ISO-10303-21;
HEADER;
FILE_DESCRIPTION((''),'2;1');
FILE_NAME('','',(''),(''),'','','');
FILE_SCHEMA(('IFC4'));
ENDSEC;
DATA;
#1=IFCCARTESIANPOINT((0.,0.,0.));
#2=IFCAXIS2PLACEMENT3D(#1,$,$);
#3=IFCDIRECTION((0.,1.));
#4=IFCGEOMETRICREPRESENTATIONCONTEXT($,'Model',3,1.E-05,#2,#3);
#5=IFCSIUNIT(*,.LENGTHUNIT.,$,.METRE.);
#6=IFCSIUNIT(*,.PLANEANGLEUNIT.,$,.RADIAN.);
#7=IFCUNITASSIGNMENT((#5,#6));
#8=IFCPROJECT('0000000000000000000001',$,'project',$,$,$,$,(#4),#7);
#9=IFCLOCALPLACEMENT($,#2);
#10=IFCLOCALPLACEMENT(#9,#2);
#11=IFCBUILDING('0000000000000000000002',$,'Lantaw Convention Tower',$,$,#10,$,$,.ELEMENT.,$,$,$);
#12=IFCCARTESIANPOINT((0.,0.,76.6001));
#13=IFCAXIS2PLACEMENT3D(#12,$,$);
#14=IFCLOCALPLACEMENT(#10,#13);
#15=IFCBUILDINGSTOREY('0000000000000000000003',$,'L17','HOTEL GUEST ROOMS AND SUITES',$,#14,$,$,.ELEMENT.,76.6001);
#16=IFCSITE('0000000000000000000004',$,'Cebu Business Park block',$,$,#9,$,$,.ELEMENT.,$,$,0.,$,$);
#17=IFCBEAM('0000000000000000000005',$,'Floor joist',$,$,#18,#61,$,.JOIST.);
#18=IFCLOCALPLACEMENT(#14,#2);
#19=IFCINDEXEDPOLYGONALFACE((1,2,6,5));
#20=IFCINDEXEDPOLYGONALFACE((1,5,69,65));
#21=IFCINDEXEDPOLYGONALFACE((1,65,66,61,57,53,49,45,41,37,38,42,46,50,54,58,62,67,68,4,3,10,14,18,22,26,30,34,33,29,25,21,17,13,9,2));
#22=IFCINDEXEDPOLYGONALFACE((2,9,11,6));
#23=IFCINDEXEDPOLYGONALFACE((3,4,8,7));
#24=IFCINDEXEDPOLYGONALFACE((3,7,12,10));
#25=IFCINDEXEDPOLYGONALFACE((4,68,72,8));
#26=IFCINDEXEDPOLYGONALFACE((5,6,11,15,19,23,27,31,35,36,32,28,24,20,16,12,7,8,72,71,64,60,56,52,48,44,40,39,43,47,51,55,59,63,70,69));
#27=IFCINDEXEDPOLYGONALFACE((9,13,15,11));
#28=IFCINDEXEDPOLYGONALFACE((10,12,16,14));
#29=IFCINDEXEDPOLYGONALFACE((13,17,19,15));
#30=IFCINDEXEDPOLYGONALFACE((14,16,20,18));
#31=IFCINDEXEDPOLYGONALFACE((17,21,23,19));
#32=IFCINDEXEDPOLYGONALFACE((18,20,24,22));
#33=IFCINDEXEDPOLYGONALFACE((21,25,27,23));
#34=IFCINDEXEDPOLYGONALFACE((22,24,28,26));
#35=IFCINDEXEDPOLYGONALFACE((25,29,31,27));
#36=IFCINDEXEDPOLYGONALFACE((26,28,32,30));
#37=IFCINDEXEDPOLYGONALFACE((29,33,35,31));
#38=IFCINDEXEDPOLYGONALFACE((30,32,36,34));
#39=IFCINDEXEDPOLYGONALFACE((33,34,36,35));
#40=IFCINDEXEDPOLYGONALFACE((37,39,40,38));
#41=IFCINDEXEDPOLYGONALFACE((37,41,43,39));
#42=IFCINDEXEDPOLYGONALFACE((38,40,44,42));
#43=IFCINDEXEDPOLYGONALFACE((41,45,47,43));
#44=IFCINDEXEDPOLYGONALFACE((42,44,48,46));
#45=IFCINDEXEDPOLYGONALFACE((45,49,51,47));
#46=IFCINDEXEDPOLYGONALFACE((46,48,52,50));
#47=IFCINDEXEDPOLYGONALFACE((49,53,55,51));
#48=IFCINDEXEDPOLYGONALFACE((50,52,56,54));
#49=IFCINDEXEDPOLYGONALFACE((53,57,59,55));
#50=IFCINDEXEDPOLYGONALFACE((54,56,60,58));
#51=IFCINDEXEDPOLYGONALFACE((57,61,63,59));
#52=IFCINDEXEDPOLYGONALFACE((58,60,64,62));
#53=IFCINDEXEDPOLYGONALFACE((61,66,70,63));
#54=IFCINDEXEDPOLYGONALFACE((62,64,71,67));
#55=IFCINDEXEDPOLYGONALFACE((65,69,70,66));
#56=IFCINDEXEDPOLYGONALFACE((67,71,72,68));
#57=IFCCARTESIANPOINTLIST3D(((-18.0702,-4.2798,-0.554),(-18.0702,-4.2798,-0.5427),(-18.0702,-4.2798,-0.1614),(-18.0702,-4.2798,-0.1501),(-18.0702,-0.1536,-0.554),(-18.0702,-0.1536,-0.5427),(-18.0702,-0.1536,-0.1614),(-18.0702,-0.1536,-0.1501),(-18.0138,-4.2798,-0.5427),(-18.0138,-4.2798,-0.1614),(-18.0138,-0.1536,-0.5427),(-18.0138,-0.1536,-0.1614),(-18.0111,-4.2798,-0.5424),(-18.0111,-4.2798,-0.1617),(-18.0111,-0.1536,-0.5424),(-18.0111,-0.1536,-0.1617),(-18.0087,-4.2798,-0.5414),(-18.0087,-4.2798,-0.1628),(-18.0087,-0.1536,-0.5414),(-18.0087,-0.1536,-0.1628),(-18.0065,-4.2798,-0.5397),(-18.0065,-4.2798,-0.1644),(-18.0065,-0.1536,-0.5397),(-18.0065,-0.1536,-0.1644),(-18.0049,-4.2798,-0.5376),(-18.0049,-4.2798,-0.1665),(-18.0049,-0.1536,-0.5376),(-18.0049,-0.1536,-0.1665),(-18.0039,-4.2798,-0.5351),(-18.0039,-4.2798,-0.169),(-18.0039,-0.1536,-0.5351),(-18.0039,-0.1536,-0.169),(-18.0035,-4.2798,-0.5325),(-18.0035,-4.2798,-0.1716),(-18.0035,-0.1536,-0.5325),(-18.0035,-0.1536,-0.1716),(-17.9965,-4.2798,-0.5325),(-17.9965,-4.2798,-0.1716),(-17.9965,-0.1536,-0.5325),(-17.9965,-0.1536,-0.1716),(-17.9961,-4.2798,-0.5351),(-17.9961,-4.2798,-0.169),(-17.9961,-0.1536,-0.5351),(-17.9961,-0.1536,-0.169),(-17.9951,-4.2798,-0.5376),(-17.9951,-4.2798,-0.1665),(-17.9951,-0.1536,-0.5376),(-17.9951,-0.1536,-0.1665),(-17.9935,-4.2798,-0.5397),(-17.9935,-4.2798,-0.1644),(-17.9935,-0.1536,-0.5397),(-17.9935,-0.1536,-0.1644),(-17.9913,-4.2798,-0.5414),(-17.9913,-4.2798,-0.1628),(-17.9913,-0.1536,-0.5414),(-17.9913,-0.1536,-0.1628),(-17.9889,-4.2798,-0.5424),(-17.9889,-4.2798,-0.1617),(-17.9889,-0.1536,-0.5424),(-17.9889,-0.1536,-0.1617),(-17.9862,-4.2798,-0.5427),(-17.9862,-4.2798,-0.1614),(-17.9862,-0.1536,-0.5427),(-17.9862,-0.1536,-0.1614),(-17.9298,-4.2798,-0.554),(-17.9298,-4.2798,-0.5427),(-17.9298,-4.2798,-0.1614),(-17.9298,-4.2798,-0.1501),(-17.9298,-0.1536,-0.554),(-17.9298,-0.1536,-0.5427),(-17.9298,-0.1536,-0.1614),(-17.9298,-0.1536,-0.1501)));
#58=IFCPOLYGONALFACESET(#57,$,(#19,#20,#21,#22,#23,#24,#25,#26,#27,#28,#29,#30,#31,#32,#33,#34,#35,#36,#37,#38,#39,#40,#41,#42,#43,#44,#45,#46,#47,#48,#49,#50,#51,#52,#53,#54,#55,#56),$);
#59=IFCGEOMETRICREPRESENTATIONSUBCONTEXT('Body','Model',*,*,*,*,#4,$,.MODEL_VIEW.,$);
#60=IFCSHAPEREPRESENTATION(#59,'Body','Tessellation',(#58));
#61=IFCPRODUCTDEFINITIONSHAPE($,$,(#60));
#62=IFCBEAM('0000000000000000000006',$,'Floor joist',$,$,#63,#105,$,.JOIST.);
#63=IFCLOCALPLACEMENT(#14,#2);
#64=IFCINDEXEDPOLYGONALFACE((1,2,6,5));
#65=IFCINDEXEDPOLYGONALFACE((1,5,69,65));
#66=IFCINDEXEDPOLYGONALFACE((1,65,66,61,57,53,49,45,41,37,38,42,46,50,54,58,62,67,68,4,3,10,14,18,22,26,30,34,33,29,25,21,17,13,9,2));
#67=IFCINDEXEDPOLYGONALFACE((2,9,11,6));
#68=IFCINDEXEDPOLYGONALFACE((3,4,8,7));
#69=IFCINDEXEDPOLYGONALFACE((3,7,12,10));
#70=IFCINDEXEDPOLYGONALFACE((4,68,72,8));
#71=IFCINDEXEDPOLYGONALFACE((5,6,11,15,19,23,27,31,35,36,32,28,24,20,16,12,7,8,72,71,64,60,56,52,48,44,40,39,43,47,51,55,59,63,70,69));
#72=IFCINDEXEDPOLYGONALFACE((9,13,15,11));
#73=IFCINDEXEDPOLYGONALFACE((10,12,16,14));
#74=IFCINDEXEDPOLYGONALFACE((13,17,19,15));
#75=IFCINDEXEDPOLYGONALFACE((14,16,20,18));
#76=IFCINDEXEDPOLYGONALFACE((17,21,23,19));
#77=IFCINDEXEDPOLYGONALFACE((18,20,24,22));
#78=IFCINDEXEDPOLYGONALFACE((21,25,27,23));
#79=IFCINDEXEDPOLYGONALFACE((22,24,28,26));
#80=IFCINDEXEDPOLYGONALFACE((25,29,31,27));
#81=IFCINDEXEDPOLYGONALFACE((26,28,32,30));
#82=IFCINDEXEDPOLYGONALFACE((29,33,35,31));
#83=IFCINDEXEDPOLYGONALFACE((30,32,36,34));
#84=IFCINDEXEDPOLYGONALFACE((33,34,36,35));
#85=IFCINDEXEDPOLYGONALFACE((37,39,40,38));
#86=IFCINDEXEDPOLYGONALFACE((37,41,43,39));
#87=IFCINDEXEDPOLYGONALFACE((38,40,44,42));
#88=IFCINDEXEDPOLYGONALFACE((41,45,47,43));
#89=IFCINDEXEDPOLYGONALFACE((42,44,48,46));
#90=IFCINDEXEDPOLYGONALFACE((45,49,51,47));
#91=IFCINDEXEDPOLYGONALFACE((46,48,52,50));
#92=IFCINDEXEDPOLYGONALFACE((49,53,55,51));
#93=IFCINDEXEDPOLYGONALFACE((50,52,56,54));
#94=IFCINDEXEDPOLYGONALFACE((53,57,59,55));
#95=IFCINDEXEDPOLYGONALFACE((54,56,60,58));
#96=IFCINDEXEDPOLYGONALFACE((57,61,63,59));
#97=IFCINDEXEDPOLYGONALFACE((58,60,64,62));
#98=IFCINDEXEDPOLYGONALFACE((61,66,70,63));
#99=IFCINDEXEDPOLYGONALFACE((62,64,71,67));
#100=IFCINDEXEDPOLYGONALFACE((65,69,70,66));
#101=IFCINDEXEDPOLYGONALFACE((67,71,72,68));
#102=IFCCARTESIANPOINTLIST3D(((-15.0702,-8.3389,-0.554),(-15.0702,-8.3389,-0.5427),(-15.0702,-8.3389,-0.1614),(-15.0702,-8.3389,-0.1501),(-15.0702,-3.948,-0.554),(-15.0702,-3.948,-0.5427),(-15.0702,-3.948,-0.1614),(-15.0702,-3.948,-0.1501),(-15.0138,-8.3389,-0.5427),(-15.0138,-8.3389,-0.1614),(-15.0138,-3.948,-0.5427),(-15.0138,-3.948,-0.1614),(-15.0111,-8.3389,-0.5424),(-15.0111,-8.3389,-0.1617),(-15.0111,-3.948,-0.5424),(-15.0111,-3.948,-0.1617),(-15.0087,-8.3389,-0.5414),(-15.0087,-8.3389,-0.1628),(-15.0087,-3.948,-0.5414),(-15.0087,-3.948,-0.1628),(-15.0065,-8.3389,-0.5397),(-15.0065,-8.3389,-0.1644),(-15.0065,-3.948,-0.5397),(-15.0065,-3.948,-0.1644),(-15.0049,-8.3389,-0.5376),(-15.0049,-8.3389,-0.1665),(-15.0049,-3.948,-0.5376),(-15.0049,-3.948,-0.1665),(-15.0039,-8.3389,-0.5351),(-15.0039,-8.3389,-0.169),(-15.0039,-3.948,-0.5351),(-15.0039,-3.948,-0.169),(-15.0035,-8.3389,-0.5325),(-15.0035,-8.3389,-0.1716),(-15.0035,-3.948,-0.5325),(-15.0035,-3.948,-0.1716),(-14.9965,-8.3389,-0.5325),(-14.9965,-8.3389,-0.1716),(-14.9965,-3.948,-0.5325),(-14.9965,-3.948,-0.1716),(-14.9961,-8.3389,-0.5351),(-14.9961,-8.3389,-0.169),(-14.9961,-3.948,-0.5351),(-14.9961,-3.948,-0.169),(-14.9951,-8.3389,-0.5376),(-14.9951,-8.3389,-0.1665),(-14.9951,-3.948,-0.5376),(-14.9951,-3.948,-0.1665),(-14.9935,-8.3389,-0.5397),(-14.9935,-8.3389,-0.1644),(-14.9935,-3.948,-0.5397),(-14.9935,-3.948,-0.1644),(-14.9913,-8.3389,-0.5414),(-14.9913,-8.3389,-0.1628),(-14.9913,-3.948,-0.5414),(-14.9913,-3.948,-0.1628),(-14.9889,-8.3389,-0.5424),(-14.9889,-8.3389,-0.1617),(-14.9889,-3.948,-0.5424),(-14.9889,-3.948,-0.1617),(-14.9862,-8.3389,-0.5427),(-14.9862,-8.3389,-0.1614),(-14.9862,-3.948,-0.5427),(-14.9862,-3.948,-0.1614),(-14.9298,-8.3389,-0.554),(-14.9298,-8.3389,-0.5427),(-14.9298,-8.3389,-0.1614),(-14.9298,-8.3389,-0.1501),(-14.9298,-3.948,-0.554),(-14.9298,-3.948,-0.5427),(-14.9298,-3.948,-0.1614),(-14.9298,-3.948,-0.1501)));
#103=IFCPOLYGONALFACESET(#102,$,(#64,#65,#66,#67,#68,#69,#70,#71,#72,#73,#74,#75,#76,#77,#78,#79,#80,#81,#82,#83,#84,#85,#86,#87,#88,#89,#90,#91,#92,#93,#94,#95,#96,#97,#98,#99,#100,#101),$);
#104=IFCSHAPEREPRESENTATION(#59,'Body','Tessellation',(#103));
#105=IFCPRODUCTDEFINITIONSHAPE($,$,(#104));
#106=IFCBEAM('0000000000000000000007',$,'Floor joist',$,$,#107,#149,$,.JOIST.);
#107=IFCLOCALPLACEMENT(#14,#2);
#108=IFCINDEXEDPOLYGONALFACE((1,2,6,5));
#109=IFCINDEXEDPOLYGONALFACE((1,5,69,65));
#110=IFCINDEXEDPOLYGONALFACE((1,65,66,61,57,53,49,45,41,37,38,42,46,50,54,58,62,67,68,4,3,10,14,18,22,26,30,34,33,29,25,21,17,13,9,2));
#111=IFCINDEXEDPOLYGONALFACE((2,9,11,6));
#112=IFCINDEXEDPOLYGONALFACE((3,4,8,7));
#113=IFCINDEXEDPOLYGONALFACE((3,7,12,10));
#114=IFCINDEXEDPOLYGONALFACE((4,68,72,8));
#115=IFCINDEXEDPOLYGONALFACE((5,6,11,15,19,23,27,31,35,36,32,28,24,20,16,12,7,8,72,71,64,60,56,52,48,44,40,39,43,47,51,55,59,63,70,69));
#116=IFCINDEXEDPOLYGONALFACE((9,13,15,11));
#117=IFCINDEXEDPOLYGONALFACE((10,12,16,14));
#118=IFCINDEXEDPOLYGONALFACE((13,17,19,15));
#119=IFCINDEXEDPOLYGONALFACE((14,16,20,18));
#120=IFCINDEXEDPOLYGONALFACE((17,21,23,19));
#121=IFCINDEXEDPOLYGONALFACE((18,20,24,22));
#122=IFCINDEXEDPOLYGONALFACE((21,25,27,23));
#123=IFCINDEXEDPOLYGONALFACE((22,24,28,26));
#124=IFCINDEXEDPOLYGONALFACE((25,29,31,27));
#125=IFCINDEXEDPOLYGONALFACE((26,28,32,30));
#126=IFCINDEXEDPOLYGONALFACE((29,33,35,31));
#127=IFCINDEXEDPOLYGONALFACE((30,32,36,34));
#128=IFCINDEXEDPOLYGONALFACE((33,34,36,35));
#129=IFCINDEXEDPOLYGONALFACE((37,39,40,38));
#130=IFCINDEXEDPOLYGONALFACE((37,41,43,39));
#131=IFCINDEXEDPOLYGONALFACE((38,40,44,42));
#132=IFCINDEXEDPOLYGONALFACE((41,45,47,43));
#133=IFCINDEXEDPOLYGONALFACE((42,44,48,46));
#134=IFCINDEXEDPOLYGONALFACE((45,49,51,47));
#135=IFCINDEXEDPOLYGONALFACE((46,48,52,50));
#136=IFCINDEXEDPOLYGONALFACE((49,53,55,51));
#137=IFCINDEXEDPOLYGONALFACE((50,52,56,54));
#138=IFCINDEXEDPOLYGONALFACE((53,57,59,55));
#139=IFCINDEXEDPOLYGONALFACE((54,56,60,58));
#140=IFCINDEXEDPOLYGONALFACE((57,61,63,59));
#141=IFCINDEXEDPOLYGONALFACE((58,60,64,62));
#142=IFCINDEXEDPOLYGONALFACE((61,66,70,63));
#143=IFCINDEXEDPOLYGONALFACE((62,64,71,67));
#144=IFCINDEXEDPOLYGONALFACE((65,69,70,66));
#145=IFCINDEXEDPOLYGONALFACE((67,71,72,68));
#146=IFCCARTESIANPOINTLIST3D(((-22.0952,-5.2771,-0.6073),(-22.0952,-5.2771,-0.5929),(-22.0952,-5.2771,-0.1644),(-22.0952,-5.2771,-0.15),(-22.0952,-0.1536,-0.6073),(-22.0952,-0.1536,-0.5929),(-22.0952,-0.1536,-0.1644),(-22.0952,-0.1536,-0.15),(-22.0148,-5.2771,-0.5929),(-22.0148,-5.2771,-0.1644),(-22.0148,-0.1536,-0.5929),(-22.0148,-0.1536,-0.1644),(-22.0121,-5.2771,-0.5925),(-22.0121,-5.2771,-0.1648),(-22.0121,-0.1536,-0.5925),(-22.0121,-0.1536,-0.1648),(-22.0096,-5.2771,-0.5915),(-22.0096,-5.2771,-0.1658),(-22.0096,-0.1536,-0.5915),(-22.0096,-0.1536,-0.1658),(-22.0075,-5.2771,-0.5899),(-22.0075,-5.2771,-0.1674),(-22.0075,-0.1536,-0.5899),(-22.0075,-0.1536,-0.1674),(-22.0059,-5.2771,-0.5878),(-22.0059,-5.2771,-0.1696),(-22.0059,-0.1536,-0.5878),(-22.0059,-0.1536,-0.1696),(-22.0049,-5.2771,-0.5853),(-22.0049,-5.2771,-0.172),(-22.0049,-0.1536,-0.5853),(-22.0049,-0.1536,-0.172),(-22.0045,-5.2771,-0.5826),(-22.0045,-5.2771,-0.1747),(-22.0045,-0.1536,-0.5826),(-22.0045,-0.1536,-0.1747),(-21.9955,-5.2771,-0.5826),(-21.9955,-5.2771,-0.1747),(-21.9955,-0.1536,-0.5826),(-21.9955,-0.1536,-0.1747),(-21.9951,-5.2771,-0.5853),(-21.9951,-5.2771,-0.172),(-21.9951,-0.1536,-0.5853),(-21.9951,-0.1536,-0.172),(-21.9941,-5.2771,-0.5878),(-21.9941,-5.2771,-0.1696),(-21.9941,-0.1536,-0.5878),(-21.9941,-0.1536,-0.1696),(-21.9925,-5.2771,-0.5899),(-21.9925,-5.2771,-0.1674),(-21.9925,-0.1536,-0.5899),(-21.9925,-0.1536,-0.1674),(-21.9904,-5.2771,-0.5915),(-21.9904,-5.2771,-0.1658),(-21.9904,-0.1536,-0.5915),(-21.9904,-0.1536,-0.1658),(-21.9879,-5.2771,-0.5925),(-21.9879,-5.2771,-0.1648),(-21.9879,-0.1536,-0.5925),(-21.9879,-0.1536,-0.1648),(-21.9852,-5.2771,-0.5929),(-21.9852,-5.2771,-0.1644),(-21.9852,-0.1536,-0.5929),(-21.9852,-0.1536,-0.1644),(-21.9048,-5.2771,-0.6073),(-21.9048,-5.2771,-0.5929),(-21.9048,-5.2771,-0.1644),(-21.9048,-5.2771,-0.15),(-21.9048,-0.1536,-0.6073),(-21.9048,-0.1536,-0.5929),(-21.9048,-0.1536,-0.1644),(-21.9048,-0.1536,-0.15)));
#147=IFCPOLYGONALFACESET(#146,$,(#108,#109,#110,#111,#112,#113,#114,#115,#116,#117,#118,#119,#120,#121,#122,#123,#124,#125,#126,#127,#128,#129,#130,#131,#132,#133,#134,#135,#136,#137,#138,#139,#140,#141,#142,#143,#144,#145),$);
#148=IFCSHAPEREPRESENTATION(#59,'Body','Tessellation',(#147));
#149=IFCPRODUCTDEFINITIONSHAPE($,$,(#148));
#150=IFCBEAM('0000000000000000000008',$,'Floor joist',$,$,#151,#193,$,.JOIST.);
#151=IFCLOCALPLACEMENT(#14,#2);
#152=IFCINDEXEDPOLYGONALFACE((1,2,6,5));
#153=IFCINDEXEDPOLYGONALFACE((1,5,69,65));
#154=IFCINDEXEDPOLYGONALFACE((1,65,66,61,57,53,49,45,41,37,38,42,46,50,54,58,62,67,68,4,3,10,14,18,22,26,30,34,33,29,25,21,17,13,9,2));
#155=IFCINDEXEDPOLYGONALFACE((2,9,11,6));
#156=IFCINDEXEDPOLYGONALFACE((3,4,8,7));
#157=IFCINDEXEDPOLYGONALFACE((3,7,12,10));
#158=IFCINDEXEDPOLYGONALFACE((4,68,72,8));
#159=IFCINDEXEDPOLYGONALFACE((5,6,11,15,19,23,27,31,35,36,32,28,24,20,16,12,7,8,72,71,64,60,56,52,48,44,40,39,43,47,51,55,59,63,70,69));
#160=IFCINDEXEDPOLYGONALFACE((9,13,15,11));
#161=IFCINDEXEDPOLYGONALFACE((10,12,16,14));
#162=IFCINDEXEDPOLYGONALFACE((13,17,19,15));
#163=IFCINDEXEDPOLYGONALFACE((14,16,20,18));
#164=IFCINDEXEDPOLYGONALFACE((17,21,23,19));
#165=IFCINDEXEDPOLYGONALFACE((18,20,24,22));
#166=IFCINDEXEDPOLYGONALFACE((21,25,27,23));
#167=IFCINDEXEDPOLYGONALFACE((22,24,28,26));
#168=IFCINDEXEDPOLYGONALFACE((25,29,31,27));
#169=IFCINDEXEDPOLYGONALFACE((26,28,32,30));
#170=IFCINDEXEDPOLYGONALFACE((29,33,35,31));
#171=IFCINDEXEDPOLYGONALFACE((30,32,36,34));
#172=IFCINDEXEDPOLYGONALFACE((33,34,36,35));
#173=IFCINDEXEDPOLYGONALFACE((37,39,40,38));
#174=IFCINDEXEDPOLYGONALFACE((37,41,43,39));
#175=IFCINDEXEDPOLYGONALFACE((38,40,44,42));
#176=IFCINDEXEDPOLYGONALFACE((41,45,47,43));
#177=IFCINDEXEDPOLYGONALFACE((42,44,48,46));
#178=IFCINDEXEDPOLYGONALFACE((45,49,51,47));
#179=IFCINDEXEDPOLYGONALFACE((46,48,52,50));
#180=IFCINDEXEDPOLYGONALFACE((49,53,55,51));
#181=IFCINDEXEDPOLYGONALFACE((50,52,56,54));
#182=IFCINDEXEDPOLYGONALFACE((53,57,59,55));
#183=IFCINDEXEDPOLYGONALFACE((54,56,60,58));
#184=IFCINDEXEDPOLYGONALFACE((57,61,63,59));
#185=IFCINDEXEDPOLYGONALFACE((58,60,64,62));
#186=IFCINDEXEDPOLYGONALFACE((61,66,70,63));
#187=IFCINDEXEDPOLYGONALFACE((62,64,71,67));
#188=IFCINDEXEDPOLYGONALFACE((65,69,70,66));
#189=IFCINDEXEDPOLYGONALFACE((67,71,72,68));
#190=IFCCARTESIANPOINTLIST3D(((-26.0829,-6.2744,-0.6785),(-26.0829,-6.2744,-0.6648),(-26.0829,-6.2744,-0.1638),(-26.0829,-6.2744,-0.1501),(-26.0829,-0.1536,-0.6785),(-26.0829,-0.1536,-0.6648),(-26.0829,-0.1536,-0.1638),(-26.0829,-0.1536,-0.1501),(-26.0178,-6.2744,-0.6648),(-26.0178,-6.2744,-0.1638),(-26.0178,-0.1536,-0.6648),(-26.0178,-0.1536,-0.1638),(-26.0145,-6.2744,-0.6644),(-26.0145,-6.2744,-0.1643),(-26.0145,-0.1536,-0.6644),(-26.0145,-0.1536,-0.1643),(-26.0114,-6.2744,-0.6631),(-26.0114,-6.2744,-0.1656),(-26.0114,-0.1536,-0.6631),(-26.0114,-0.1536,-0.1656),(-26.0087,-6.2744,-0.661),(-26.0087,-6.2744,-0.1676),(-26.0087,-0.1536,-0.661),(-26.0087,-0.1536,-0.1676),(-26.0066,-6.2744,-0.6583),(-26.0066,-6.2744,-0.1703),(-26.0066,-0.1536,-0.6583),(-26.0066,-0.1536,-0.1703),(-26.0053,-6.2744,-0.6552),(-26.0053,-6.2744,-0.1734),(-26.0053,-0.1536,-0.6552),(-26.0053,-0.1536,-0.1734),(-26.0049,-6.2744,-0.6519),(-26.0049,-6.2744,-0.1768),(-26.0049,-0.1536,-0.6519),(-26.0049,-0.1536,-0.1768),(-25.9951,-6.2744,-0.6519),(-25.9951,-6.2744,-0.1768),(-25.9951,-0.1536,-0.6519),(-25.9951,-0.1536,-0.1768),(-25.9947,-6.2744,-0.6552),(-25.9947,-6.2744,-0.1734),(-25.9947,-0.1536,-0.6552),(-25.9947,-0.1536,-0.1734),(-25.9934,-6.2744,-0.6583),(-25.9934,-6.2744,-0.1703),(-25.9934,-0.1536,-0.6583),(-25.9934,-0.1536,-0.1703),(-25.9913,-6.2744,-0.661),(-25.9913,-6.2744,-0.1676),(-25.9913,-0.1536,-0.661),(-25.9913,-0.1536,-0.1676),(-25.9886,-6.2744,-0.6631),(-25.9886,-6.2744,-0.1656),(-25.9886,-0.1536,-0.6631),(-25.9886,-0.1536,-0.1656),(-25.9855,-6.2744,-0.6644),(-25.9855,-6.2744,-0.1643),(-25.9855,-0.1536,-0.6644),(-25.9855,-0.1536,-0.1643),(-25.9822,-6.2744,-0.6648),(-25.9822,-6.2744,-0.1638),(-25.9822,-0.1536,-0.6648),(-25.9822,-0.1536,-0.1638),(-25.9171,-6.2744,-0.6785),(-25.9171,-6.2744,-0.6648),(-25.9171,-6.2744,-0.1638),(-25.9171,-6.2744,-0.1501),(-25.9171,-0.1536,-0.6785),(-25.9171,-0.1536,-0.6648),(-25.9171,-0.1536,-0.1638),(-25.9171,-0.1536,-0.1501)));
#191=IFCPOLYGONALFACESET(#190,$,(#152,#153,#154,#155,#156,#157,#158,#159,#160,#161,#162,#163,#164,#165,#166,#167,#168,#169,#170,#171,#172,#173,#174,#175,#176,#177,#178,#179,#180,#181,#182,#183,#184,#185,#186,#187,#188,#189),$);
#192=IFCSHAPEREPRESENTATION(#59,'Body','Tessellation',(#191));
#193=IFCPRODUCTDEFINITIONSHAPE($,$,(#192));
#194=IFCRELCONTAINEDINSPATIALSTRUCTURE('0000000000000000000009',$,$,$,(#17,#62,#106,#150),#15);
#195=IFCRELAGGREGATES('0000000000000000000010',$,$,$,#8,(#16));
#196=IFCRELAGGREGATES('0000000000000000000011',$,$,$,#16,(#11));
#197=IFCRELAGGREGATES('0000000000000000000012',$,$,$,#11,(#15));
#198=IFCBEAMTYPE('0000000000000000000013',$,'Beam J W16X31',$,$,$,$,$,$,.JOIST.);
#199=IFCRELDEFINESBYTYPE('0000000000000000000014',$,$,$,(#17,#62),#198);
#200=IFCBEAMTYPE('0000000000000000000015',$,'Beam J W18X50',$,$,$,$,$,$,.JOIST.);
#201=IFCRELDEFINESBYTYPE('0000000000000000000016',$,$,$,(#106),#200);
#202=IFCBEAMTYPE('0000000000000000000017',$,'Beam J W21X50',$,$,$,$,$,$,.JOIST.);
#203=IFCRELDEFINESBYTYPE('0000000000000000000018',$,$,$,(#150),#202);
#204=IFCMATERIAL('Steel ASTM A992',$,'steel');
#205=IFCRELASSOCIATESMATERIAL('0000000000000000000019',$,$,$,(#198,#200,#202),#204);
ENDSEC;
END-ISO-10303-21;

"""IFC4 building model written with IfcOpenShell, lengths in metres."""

from ifc_helpers import new_model, si_unit, direction, frame, origin, origin_2d, place, context, subcontext, project, spatial, i_section, extrude, material, material_profile, profile_set, type_object, element, save


model = new_model("IFC4")

# Units and contexts
model_context = context("Model", 3, precision=1e-05, world=origin(), true_north=direction((0.0, 1.0)))
body_context = subcontext(model_context, "Body", "Model", "MODEL_VIEW")
ifc_project = project(units=[si_unit("LENGTHUNIT", "METRE"), si_unit("PLANEANGLEUNIT", "RADIAN")], contexts=[model_context])

# Site, building, storey
site_placement = place(None, origin())
site = spatial("IfcSite", under=ifc_project, at=site_placement, Name="Cebu Business Park block", CompositionType="ELEMENT", RefElevation=0.0)
building_placement = place(site_placement, origin())
building = spatial("IfcBuilding", under=site, at=building_placement, Name="Lantaw Convention Tower", CompositionType="ELEMENT")
storey_placement = place(building_placement, frame((0.0, 0.0, 76.6001)))
storey = spatial("IfcBuildingStorey", under=building, at=storey_placement, Name="L17", Description="HOTEL GUEST ROOMS AND SUITES", CompositionType="ELEMENT", Elevation=76.6001)

# Beams
ifc_material_1 = material(Name="Steel ASTM A992", Category="steel")
ifc_material_profile_1 = material_profile(ifc_material_1, i_section(OverallWidth=0.1404, OverallDepth=0.4038, WebThickness=0.0071, FlangeThickness=0.0112, FilletRadius=0.0103, at=origin_2d()), Name="W16X31")
ifc_profile_set_1 = profile_set([ifc_material_profile_1], Name="Steel ASTM A992")
beam_type_1 = type_object("IfcBeamType", Name="Beam J W16X31", PredefinedType="JOIST", material=ifc_profile_set_1)
beam_1_placement = place(storey_placement, frame((-18.0, -4.2798, -0.3521), z_axis=(0.0, 1.0, 0.0), x_axis=(-1.0, 0.0, 0.0)))
element("IfcBeam", 1, at=beam_1_placement, inside=storey, type_object=beam_type_1, Name="Floor joist", PredefinedType="JOIST", context=body_context, shape_type="SweptSolid", body=[
    extrude(i_section(OverallWidth=0.1404, OverallDepth=0.4038, WebThickness=0.0071, FlangeThickness=0.0112, FilletRadius=0.0103, at=origin_2d()), origin(), (0.0, 0.0, 1.0), 4.1262),
])
beam_2_placement = place(storey_placement, frame((-15.0, -8.3389, -0.3521), z_axis=(0.0, 1.0, 0.0), x_axis=(-1.0, 0.0, 0.0)))
element("IfcBeam", 2, at=beam_2_placement, inside=storey, type_object=beam_type_1, Name="Floor joist", PredefinedType="JOIST", context=body_context, shape_type="SweptSolid", body=[
    extrude(i_section(OverallWidth=0.1404, OverallDepth=0.4038, WebThickness=0.0071, FlangeThickness=0.0112, FilletRadius=0.0103, at=origin_2d()), origin(), (0.0, 0.0, 1.0), 4.3909),
])
ifc_material_profile_2 = material_profile(ifc_material_1, i_section(OverallWidth=0.1904, OverallDepth=0.4573, WebThickness=0.009, FlangeThickness=0.0144, FilletRadius=0.0103, at=origin_2d()), Name="W18X50")
ifc_profile_set_2 = profile_set([ifc_material_profile_2], Name="Steel ASTM A992")
beam_type_2 = type_object("IfcBeamType", Name="Beam J W18X50", PredefinedType="JOIST", material=ifc_profile_set_2)
beam_3_placement = place(storey_placement, frame((-22.0, -5.2771, -0.3787), z_axis=(0.0, 1.0, 0.0), x_axis=(-1.0, 0.0, 0.0)))
element("IfcBeam", 3, at=beam_3_placement, inside=storey, type_object=beam_type_2, Name="Floor joist", PredefinedType="JOIST", context=body_context, shape_type="SweptSolid", body=[
    extrude(i_section(OverallWidth=0.1904, OverallDepth=0.4573, WebThickness=0.009, FlangeThickness=0.0144, FilletRadius=0.0103, at=origin_2d()), origin(), (0.0, 0.0, 1.0), 5.1235),
])
ifc_material_profile_3 = material_profile(ifc_material_1, i_section(OverallWidth=0.1658, OverallDepth=0.5283, WebThickness=0.0098, FlangeThickness=0.0137, FilletRadius=0.0129, at=origin_2d()), Name="W21X50")
ifc_profile_set_3 = profile_set([ifc_material_profile_3], Name="Steel ASTM A992")
beam_type_3 = type_object("IfcBeamType", Name="Beam J W21X50", PredefinedType="JOIST", material=ifc_profile_set_3)
beam_4_placement = place(storey_placement, frame((-26.0, -6.2744, -0.4143), z_axis=(0.0, 1.0, 0.0), x_axis=(-1.0, 0.0, 0.0)))
element("IfcBeam", 4, at=beam_4_placement, inside=storey, type_object=beam_type_3, Name="Floor joist", PredefinedType="JOIST", context=body_context, shape_type="SweptSolid", body=[
    extrude(i_section(OverallWidth=0.1658, OverallDepth=0.5283, WebThickness=0.0098, FlangeThickness=0.0137, FilletRadius=0.0129, at=origin_2d()), origin(), (0.0, 0.0, 1.0), 6.1208),
])

save(model, "model.ifc")
